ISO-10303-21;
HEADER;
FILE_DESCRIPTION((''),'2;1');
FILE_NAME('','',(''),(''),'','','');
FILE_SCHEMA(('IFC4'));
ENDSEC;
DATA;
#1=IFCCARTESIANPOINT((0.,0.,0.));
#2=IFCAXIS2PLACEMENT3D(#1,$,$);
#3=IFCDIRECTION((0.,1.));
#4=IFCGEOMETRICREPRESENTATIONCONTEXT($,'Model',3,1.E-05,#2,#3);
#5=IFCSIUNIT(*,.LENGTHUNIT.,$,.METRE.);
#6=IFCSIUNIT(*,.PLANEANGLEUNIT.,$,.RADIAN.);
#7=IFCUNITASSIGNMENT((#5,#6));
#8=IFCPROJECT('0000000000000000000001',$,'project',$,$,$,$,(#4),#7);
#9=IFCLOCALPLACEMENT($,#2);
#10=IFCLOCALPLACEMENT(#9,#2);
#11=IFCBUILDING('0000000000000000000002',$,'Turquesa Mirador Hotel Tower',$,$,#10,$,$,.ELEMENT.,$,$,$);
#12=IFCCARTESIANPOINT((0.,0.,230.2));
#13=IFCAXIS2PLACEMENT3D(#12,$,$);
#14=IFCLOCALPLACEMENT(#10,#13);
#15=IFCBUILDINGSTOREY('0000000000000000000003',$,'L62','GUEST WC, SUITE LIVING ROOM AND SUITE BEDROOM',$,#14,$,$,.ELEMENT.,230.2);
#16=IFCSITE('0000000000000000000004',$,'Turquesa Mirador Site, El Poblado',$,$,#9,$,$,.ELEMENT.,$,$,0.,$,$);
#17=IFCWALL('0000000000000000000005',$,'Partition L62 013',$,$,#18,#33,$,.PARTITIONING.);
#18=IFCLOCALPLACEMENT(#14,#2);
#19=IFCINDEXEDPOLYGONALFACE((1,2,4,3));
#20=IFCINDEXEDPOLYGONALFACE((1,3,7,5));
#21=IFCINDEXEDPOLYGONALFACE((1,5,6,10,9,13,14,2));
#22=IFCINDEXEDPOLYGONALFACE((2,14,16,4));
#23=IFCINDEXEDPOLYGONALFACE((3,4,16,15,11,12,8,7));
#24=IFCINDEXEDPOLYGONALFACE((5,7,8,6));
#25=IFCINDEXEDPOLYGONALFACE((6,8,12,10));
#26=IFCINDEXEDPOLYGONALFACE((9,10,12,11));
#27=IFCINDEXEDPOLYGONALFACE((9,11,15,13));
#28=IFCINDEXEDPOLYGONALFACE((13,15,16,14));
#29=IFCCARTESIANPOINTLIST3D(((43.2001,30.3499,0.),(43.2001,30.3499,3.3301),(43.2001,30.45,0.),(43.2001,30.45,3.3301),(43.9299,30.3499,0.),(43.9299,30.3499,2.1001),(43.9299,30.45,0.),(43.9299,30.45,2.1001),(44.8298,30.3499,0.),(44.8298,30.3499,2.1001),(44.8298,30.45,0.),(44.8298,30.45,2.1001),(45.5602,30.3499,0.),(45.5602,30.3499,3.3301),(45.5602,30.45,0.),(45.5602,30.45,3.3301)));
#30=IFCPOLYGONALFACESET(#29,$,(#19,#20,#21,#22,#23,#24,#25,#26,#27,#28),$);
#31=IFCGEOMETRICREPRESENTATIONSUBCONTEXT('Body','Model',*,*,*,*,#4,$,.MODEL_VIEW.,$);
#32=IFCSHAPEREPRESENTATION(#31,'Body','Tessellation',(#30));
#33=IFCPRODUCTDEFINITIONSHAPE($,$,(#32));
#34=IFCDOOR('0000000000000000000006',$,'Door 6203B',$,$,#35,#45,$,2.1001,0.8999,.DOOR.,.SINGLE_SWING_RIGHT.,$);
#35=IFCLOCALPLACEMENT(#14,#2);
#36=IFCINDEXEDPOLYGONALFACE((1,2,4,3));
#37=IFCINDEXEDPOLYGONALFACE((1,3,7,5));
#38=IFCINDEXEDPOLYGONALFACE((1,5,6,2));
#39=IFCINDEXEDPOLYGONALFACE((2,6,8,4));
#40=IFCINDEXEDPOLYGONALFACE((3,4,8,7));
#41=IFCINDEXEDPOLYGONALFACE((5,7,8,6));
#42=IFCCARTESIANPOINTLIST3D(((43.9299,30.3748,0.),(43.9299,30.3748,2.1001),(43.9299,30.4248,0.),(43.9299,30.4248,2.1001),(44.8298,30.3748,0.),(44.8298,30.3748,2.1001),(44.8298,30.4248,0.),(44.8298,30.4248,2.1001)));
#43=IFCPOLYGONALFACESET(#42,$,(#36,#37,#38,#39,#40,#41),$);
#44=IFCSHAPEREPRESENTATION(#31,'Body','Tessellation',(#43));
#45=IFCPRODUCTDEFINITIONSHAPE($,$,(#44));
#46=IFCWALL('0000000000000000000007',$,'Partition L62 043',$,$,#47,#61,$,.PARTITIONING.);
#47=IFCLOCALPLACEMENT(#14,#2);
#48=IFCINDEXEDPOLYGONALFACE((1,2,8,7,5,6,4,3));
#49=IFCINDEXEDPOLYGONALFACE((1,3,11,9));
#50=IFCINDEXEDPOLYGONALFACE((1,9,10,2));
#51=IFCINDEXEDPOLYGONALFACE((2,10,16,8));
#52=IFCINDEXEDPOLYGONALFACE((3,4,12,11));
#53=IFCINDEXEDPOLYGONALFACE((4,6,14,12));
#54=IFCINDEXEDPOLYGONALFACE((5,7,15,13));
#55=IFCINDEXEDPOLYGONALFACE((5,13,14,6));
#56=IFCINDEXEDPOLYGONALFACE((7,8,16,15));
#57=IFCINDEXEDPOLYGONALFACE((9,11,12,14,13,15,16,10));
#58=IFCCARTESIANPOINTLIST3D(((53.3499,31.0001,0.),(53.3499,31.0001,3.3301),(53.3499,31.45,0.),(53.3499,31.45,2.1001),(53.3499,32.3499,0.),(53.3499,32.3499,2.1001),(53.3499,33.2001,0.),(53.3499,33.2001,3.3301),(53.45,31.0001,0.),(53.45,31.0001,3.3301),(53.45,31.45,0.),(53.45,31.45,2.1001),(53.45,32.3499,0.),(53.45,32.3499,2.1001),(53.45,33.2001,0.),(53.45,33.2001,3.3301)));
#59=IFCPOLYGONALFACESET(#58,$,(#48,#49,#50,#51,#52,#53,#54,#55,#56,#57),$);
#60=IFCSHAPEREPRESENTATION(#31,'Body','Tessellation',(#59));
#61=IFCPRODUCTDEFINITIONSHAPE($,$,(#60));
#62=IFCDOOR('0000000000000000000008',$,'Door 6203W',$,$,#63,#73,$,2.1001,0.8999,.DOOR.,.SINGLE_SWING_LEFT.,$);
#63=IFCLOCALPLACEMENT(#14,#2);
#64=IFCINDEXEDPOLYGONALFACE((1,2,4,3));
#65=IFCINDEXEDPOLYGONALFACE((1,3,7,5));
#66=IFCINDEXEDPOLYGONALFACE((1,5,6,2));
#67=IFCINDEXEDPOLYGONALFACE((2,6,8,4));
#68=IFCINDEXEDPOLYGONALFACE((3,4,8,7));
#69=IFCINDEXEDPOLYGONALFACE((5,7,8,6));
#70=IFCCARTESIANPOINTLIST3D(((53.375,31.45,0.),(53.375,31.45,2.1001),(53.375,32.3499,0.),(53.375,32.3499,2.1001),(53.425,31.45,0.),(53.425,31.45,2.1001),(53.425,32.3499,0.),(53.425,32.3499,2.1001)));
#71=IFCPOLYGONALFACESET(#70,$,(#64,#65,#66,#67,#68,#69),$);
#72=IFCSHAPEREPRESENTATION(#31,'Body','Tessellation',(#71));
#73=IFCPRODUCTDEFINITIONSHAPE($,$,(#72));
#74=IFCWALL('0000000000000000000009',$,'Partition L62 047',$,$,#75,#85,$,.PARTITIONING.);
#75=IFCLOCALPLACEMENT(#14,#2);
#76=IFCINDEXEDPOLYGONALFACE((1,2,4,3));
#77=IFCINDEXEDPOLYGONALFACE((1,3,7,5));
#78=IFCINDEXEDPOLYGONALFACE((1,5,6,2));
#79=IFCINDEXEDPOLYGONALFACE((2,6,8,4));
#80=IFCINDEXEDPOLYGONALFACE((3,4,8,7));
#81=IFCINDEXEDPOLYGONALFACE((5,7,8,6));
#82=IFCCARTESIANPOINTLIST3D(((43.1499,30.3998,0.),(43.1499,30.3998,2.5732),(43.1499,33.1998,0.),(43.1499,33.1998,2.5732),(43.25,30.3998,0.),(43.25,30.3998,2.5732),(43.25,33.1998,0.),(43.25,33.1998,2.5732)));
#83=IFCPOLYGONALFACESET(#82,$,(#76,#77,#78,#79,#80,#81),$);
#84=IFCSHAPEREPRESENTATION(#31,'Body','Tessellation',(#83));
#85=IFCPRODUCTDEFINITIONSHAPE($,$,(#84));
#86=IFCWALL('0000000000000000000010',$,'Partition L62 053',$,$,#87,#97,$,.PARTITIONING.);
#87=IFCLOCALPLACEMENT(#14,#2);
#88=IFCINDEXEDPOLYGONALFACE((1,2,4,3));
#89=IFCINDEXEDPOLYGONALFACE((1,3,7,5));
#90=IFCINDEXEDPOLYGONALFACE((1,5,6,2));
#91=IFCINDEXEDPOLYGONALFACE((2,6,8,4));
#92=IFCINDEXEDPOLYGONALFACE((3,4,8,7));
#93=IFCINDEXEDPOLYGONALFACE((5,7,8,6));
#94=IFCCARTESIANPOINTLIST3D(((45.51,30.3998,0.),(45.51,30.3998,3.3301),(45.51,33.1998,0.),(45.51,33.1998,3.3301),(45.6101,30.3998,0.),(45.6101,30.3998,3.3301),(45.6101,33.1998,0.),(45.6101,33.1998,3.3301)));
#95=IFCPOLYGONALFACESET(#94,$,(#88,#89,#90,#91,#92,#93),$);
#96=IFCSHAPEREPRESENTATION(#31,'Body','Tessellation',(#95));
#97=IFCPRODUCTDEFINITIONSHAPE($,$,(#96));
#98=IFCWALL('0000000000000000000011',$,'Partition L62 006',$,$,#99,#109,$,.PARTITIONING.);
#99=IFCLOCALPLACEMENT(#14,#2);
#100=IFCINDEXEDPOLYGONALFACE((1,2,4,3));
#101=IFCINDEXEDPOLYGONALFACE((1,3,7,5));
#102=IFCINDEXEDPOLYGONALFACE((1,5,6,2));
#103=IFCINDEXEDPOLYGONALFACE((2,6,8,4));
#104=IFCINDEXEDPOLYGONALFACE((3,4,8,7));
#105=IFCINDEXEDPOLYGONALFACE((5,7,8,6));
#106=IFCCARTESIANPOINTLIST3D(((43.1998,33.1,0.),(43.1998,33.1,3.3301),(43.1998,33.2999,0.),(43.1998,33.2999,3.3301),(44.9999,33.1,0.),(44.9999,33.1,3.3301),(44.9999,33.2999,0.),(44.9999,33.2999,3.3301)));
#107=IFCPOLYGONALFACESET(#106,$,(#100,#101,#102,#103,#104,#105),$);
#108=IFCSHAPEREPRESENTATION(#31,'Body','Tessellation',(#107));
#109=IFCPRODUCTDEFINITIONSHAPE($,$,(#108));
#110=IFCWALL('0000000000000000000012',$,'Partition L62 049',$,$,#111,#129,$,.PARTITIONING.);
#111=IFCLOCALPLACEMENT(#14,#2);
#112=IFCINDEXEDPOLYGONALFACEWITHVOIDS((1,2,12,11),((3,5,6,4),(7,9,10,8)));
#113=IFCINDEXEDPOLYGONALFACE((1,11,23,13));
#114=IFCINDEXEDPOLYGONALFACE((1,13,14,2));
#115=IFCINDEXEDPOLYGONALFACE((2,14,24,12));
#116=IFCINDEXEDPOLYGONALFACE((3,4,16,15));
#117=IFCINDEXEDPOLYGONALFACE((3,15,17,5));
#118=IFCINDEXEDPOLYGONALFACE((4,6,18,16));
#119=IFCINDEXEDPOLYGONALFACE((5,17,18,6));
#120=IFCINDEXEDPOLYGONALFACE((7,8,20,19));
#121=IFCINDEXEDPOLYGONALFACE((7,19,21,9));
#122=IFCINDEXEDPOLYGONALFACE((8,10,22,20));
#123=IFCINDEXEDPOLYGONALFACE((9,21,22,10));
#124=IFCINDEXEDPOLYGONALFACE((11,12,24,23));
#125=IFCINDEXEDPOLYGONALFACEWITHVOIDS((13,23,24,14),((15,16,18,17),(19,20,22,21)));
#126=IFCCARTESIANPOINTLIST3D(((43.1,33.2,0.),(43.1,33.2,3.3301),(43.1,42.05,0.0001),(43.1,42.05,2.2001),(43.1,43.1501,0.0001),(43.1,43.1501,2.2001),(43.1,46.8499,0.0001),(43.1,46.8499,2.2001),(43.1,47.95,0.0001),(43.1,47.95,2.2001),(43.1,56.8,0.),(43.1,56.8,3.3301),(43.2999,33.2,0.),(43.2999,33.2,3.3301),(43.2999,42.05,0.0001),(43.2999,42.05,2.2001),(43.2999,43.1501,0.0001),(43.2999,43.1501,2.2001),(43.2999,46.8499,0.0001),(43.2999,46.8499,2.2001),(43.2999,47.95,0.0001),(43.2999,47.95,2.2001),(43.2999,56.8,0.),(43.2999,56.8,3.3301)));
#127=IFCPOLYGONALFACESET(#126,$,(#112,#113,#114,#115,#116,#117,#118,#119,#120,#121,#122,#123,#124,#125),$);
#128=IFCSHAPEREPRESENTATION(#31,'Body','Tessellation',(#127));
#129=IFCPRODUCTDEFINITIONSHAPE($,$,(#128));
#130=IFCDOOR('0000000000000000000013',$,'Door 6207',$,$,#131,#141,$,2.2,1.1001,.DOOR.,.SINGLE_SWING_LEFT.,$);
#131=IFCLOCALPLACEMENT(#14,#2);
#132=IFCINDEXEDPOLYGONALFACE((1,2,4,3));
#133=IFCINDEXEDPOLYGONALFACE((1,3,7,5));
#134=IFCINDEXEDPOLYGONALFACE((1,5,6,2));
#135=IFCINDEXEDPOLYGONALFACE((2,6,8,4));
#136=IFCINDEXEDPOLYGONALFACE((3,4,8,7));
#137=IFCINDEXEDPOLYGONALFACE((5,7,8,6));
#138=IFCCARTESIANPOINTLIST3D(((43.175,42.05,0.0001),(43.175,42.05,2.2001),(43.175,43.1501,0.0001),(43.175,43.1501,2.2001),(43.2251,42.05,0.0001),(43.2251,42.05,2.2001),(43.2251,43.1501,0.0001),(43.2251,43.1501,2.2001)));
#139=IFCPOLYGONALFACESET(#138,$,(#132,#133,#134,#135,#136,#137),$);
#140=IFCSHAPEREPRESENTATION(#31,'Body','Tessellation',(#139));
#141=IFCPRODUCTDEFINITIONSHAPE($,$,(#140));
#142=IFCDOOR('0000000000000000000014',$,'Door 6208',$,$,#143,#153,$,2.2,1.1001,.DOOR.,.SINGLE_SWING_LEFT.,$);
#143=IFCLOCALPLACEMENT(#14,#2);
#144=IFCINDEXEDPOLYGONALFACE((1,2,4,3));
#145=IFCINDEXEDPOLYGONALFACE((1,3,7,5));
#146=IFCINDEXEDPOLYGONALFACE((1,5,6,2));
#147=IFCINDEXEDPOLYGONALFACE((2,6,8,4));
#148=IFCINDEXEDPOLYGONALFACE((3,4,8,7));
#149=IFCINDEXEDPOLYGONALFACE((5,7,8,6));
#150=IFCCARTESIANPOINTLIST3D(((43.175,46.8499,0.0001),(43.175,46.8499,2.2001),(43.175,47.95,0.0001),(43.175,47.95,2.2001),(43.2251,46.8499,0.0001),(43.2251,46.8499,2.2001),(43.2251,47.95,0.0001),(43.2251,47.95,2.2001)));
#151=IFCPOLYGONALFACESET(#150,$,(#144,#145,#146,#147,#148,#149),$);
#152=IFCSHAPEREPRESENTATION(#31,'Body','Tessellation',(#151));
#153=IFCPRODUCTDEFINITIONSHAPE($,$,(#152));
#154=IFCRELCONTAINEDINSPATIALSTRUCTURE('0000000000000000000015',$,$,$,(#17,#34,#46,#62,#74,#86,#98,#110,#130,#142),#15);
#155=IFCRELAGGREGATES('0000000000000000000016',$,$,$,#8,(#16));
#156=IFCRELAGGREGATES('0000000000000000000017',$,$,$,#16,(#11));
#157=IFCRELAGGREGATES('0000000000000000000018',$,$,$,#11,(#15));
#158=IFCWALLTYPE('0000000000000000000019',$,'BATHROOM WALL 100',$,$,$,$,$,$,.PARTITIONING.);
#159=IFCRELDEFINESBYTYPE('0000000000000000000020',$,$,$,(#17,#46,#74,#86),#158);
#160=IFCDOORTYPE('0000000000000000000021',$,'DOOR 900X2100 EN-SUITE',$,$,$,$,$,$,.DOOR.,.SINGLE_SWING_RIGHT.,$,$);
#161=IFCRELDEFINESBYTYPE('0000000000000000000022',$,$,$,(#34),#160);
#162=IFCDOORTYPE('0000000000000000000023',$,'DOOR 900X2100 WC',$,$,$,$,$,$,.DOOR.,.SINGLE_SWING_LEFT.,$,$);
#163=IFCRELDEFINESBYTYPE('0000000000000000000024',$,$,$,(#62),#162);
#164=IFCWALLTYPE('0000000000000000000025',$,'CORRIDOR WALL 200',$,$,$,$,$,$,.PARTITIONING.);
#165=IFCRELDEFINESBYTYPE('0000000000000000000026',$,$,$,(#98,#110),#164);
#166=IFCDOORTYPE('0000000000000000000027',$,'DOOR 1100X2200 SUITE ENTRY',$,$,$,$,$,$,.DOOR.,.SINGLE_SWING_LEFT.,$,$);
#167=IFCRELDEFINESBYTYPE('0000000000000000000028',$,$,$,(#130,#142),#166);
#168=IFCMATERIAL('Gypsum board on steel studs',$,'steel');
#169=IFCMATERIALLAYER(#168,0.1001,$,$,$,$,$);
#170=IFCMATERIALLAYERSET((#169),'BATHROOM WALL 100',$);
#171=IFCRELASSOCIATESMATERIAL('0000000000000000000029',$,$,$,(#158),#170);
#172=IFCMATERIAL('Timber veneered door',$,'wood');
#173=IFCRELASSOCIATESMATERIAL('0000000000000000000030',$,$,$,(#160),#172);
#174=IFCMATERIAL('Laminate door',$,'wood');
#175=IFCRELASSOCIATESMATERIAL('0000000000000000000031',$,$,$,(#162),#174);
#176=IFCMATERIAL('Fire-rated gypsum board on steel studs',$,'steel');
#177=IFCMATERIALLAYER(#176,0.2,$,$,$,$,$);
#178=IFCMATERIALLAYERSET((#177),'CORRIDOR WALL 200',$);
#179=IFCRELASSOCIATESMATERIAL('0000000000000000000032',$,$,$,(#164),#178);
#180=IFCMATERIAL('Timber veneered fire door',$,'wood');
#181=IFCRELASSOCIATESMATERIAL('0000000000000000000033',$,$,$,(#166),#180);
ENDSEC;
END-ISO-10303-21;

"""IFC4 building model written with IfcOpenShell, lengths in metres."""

from ifc_helpers import new_model, si_unit, direction, frame, frame_2d, origin, place, context, subcontext, project, spatial, rectangle, extrude, material, layer, layer_set, type_object, element, fill, save


model = new_model("IFC4")

# Units and contexts
model_context = context("Model", 3, precision=1e-05, world=origin(), true_north=direction((0.0, 1.0)))
body_context = subcontext(model_context, "Body", "Model", "MODEL_VIEW")
ifc_project = project(units=[si_unit("LENGTHUNIT", "METRE"), si_unit("PLANEANGLEUNIT", "RADIAN")], contexts=[model_context])

# Site, building, storey
site_placement = place(None, origin())
site = spatial("IfcSite", under=ifc_project, at=site_placement, Name="Turquesa Mirador Site, El Poblado", CompositionType="ELEMENT", RefElevation=0.0)
building_placement = place(site_placement, origin())
building = spatial("IfcBuilding", under=site, at=building_placement, Name="Turquesa Mirador Hotel Tower", CompositionType="ELEMENT")
storey_placement = place(building_placement, frame((0.0, 0.0, 230.2)))
storey = spatial("IfcBuildingStorey", under=building, at=storey_placement, Name="L62", Description="GUEST WC, SUITE LIVING ROOM AND SUITE BEDROOM", CompositionType="ELEMENT", Elevation=230.2)

# Shared definitions
ifc_material_1 = material(Name="Gypsum board on steel studs", Category="steel")
ifc_layer_1 = layer(ifc_material_1, 0.1001)
ifc_layer_set_1 = layer_set([ifc_layer_1], Name="BATHROOM WALL 100")
wall_type_1 = type_object("IfcWallType", Name="BATHROOM WALL 100", PredefinedType="PARTITIONING", material=ifc_layer_set_1)

# Walls, openings, doors
wall_1_placement = place(storey_placement, frame((43.2, 30.3999, 0.0), z_axis=(0.0, 0.0, 1.0), x_axis=(1.0, 0.0, 0.0)))
wall_1 = element("IfcWall", 1, at=wall_1_placement, inside=storey, type_object=wall_type_1, Name="Partition L62 013", PredefinedType="PARTITIONING", context=body_context, shape_type="SweptSolid", body=[
    extrude(rectangle(XDim=2.3601, YDim=0.1001, at=frame_2d((1.1802, 0.0))), origin(), (0.0, 0.0, 1.0), 3.3301),
])
opening_1_placement = place(wall_1_placement, frame((0.73, 0.0, 0.0)))
opening_1 = element("IfcOpeningElement", 2, at=opening_1_placement, cuts=wall_1, PredefinedType="OPENING", context=body_context, shape_type="SweptSolid", body=[
    extrude(rectangle(XDim=0.8999, YDim=2.1001, at=frame_2d((0.45, 1.05))), frame((0.0, 0.0601, 0.0), z_axis=(0.0, -1.0, 0.0), x_axis=(1.0, 0.0, 0.0)), (0.0, 0.0, 1.0), 0.1201),
])
ifc_material_2 = material(Name="Timber veneered door", Category="wood")
door_type_1 = type_object("IfcDoorType", Name="DOOR 900X2100 EN-SUITE", OperationType="SINGLE_SWING_RIGHT", PredefinedType="DOOR", material=ifc_material_2)
door_1_placement = place(opening_1_placement, origin())
door_1 = element("IfcDoor", 3, at=door_1_placement, inside=storey, type_object=door_type_1, Name="Door 6203B", OperationType="SINGLE_SWING_RIGHT", OverallHeight=2.1001, OverallWidth=0.8999, PredefinedType="DOOR", context=body_context, shape_type="SweptSolid", body=[
    extrude(rectangle(XDim=0.8999, YDim=2.1001, at=frame_2d((0.45, 1.05))), frame((0.0, 0.0249, 0.0), z_axis=(0.0, -1.0, 0.0), x_axis=(1.0, 0.0, 0.0)), (0.0, 0.0, 1.0), 0.05),
])
fill(opening_1, door_1)
wall_2_placement = place(storey_placement, frame((53.3999, 31.0, 0.0), z_axis=(0.0, 0.0, 1.0), x_axis=(0.0, 1.0, 0.0)))
wall_2 = element("IfcWall", 4, at=wall_2_placement, inside=storey, type_object=wall_type_1, Name="Partition L62 043", PredefinedType="PARTITIONING", context=body_context, shape_type="SweptSolid", body=[
    extrude(rectangle(XDim=2.2, YDim=0.1001, at=frame_2d((1.1001, 0.0))), origin(), (0.0, 0.0, 1.0), 3.3301),
])
opening_2_placement = place(wall_2_placement, frame((0.45, 0.0, 0.0)))
opening_2 = element("IfcOpeningElement", 5, at=opening_2_placement, cuts=wall_2, PredefinedType="OPENING", context=body_context, shape_type="SweptSolid", body=[
    extrude(rectangle(XDim=0.8999, YDim=2.1001, at=frame_2d((0.45, 1.05))), frame((0.0, 0.0601, 0.0), z_axis=(0.0, -1.0, 0.0), x_axis=(1.0, 0.0, 0.0)), (0.0, 0.0, 1.0), 0.1201),
])
ifc_material_3 = material(Name="Laminate door", Category="wood")
door_type_2 = type_object("IfcDoorType", Name="DOOR 900X2100 WC", OperationType="SINGLE_SWING_LEFT", PredefinedType="DOOR", material=ifc_material_3)
door_2_placement = place(opening_2_placement, origin())
door_2 = element("IfcDoor", 6, at=door_2_placement, inside=storey, type_object=door_type_2, Name="Door 6203W", OperationType="SINGLE_SWING_LEFT", OverallHeight=2.1001, OverallWidth=0.8999, PredefinedType="DOOR", context=body_context, shape_type="SweptSolid", body=[
    extrude(rectangle(XDim=0.8999, YDim=2.1001, at=frame_2d((0.45, 1.05))), frame((0.0, 0.0249, 0.0), z_axis=(0.0, -1.0, 0.0), x_axis=(1.0, 0.0, 0.0)), (0.0, 0.0, 1.0), 0.05),
])
fill(opening_2, door_2)

# Walls
wall_3_placement = place(storey_placement, frame((43.2, 30.3999, 0.0), z_axis=(0.0, 0.0, 1.0), x_axis=(0.0, 1.0, 0.0)))
element("IfcWall", 7, at=wall_3_placement, inside=storey, type_object=wall_type_1, Name="Partition L62 047", PredefinedType="PARTITIONING", context=body_context, shape_type="SweptSolid", body=[
    extrude(rectangle(XDim=2.8, YDim=0.1001, at=frame_2d((1.3999, 0.0))), origin(), (0.0, 0.0, 1.0), 2.5732),
])
wall_4_placement = place(storey_placement, frame((45.5601, 30.3999, 0.0), z_axis=(0.0, 0.0, 1.0), x_axis=(0.0, 1.0, 0.0)))
element("IfcWall", 8, at=wall_4_placement, inside=storey, type_object=wall_type_1, Name="Partition L62 053", PredefinedType="PARTITIONING", context=body_context, shape_type="SweptSolid", body=[
    extrude(rectangle(XDim=2.8, YDim=0.1001, at=frame_2d((1.3999, 0.0))), origin(), (0.0, 0.0, 1.0), 3.3301),
])
ifc_material_4 = material(Name="Fire-rated gypsum board on steel studs", Category="steel")
ifc_layer_2 = layer(ifc_material_4, 0.2)
ifc_layer_set_2 = layer_set([ifc_layer_2], Name="CORRIDOR WALL 200")
wall_type_2 = type_object("IfcWallType", Name="CORRIDOR WALL 200", PredefinedType="PARTITIONING", material=ifc_layer_set_2)
wall_5_placement = place(storey_placement, frame((43.2, 33.2, 0.0), z_axis=(0.0, 0.0, 1.0), x_axis=(1.0, 0.0, 0.0)))
element("IfcWall", 9, at=wall_5_placement, inside=storey, type_object=wall_type_2, Name="Partition L62 006", PredefinedType="PARTITIONING", context=body_context, shape_type="SweptSolid", body=[
    extrude(rectangle(XDim=1.8, YDim=0.2, at=frame_2d((0.8999, 0.0))), origin(), (0.0, 0.0, 1.0), 3.3301),
])

# Wall, openings, doors
wall_6_placement = place(storey_placement, frame((43.2, 33.2, 0.0), z_axis=(0.0, 0.0, 1.0), x_axis=(0.0, 1.0, 0.0)))
wall_6 = element("IfcWall", 10, at=wall_6_placement, inside=storey, type_object=wall_type_2, Name="Partition L62 049", PredefinedType="PARTITIONING", context=body_context, shape_type="SweptSolid", body=[
    extrude(rectangle(XDim=23.6001, YDim=0.2, at=frame_2d((11.8, 0.0))), origin(), (0.0, 0.0, 1.0), 3.3301),
])
opening_3_placement = place(wall_6_placement, frame((8.8501, 0.0, 0.0)))
opening_3 = element("IfcOpeningElement", 11, at=opening_3_placement, cuts=wall_6, PredefinedType="OPENING", context=body_context, shape_type="SweptSolid", body=[
    extrude(rectangle(XDim=1.1001, YDim=2.2, at=frame_2d((0.55, 1.1001))), frame((0.0, 0.1099, 0.0), z_axis=(0.0, -1.0, 0.0), x_axis=(1.0, 0.0, 0.0)), (0.0, 0.0, 1.0), 0.22),
])
opening_4_placement = place(wall_6_placement, frame((13.6499, 0.0, 0.0)))
opening_4 = element("IfcOpeningElement", 12, at=opening_4_placement, cuts=wall_6, PredefinedType="OPENING", context=body_context, shape_type="SweptSolid", body=[
    extrude(rectangle(XDim=1.1001, YDim=2.2, at=frame_2d((0.55, 1.1001))), frame((0.0, 0.1099, 0.0), z_axis=(0.0, -1.0, 0.0), x_axis=(1.0, 0.0, 0.0)), (0.0, 0.0, 1.0), 0.22),
])
ifc_material_5 = material(Name="Timber veneered fire door", Category="wood")
door_type_3 = type_object("IfcDoorType", Name="DOOR 1100X2200 SUITE ENTRY", OperationType="SINGLE_SWING_LEFT", PredefinedType="DOOR", material=ifc_material_5)
door_3_placement = place(opening_3_placement, origin())
door_3 = element("IfcDoor", 13, at=door_3_placement, inside=storey, type_object=door_type_3, Name="Door 6207", OperationType="SINGLE_SWING_LEFT", OverallHeight=2.2, OverallWidth=1.1001, PredefinedType="DOOR", context=body_context, shape_type="SweptSolid", body=[
    extrude(rectangle(XDim=1.1001, YDim=2.2, at=frame_2d((0.55, 1.1001))), frame((0.0, 0.0249, 0.0), z_axis=(0.0, -1.0, 0.0), x_axis=(1.0, 0.0, 0.0)), (0.0, 0.0, 1.0), 0.05),
])
fill(opening_3, door_3)
door_4_placement = place(opening_4_placement, origin())
door_4 = element("IfcDoor", 14, at=door_4_placement, inside=storey, type_object=door_type_3, Name="Door 6208", OperationType="SINGLE_SWING_LEFT", OverallHeight=2.2, OverallWidth=1.1001, PredefinedType="DOOR", context=body_context, shape_type="SweptSolid", body=[
    extrude(rectangle(XDim=1.1001, YDim=2.2, at=frame_2d((0.55, 1.1001))), frame((0.0, 0.0249, 0.0), z_axis=(0.0, -1.0, 0.0), x_axis=(1.0, 0.0, 0.0)), (0.0, 0.0, 1.0), 0.05),
])
fill(opening_4, door_4)

save(model, "model.ifc")
